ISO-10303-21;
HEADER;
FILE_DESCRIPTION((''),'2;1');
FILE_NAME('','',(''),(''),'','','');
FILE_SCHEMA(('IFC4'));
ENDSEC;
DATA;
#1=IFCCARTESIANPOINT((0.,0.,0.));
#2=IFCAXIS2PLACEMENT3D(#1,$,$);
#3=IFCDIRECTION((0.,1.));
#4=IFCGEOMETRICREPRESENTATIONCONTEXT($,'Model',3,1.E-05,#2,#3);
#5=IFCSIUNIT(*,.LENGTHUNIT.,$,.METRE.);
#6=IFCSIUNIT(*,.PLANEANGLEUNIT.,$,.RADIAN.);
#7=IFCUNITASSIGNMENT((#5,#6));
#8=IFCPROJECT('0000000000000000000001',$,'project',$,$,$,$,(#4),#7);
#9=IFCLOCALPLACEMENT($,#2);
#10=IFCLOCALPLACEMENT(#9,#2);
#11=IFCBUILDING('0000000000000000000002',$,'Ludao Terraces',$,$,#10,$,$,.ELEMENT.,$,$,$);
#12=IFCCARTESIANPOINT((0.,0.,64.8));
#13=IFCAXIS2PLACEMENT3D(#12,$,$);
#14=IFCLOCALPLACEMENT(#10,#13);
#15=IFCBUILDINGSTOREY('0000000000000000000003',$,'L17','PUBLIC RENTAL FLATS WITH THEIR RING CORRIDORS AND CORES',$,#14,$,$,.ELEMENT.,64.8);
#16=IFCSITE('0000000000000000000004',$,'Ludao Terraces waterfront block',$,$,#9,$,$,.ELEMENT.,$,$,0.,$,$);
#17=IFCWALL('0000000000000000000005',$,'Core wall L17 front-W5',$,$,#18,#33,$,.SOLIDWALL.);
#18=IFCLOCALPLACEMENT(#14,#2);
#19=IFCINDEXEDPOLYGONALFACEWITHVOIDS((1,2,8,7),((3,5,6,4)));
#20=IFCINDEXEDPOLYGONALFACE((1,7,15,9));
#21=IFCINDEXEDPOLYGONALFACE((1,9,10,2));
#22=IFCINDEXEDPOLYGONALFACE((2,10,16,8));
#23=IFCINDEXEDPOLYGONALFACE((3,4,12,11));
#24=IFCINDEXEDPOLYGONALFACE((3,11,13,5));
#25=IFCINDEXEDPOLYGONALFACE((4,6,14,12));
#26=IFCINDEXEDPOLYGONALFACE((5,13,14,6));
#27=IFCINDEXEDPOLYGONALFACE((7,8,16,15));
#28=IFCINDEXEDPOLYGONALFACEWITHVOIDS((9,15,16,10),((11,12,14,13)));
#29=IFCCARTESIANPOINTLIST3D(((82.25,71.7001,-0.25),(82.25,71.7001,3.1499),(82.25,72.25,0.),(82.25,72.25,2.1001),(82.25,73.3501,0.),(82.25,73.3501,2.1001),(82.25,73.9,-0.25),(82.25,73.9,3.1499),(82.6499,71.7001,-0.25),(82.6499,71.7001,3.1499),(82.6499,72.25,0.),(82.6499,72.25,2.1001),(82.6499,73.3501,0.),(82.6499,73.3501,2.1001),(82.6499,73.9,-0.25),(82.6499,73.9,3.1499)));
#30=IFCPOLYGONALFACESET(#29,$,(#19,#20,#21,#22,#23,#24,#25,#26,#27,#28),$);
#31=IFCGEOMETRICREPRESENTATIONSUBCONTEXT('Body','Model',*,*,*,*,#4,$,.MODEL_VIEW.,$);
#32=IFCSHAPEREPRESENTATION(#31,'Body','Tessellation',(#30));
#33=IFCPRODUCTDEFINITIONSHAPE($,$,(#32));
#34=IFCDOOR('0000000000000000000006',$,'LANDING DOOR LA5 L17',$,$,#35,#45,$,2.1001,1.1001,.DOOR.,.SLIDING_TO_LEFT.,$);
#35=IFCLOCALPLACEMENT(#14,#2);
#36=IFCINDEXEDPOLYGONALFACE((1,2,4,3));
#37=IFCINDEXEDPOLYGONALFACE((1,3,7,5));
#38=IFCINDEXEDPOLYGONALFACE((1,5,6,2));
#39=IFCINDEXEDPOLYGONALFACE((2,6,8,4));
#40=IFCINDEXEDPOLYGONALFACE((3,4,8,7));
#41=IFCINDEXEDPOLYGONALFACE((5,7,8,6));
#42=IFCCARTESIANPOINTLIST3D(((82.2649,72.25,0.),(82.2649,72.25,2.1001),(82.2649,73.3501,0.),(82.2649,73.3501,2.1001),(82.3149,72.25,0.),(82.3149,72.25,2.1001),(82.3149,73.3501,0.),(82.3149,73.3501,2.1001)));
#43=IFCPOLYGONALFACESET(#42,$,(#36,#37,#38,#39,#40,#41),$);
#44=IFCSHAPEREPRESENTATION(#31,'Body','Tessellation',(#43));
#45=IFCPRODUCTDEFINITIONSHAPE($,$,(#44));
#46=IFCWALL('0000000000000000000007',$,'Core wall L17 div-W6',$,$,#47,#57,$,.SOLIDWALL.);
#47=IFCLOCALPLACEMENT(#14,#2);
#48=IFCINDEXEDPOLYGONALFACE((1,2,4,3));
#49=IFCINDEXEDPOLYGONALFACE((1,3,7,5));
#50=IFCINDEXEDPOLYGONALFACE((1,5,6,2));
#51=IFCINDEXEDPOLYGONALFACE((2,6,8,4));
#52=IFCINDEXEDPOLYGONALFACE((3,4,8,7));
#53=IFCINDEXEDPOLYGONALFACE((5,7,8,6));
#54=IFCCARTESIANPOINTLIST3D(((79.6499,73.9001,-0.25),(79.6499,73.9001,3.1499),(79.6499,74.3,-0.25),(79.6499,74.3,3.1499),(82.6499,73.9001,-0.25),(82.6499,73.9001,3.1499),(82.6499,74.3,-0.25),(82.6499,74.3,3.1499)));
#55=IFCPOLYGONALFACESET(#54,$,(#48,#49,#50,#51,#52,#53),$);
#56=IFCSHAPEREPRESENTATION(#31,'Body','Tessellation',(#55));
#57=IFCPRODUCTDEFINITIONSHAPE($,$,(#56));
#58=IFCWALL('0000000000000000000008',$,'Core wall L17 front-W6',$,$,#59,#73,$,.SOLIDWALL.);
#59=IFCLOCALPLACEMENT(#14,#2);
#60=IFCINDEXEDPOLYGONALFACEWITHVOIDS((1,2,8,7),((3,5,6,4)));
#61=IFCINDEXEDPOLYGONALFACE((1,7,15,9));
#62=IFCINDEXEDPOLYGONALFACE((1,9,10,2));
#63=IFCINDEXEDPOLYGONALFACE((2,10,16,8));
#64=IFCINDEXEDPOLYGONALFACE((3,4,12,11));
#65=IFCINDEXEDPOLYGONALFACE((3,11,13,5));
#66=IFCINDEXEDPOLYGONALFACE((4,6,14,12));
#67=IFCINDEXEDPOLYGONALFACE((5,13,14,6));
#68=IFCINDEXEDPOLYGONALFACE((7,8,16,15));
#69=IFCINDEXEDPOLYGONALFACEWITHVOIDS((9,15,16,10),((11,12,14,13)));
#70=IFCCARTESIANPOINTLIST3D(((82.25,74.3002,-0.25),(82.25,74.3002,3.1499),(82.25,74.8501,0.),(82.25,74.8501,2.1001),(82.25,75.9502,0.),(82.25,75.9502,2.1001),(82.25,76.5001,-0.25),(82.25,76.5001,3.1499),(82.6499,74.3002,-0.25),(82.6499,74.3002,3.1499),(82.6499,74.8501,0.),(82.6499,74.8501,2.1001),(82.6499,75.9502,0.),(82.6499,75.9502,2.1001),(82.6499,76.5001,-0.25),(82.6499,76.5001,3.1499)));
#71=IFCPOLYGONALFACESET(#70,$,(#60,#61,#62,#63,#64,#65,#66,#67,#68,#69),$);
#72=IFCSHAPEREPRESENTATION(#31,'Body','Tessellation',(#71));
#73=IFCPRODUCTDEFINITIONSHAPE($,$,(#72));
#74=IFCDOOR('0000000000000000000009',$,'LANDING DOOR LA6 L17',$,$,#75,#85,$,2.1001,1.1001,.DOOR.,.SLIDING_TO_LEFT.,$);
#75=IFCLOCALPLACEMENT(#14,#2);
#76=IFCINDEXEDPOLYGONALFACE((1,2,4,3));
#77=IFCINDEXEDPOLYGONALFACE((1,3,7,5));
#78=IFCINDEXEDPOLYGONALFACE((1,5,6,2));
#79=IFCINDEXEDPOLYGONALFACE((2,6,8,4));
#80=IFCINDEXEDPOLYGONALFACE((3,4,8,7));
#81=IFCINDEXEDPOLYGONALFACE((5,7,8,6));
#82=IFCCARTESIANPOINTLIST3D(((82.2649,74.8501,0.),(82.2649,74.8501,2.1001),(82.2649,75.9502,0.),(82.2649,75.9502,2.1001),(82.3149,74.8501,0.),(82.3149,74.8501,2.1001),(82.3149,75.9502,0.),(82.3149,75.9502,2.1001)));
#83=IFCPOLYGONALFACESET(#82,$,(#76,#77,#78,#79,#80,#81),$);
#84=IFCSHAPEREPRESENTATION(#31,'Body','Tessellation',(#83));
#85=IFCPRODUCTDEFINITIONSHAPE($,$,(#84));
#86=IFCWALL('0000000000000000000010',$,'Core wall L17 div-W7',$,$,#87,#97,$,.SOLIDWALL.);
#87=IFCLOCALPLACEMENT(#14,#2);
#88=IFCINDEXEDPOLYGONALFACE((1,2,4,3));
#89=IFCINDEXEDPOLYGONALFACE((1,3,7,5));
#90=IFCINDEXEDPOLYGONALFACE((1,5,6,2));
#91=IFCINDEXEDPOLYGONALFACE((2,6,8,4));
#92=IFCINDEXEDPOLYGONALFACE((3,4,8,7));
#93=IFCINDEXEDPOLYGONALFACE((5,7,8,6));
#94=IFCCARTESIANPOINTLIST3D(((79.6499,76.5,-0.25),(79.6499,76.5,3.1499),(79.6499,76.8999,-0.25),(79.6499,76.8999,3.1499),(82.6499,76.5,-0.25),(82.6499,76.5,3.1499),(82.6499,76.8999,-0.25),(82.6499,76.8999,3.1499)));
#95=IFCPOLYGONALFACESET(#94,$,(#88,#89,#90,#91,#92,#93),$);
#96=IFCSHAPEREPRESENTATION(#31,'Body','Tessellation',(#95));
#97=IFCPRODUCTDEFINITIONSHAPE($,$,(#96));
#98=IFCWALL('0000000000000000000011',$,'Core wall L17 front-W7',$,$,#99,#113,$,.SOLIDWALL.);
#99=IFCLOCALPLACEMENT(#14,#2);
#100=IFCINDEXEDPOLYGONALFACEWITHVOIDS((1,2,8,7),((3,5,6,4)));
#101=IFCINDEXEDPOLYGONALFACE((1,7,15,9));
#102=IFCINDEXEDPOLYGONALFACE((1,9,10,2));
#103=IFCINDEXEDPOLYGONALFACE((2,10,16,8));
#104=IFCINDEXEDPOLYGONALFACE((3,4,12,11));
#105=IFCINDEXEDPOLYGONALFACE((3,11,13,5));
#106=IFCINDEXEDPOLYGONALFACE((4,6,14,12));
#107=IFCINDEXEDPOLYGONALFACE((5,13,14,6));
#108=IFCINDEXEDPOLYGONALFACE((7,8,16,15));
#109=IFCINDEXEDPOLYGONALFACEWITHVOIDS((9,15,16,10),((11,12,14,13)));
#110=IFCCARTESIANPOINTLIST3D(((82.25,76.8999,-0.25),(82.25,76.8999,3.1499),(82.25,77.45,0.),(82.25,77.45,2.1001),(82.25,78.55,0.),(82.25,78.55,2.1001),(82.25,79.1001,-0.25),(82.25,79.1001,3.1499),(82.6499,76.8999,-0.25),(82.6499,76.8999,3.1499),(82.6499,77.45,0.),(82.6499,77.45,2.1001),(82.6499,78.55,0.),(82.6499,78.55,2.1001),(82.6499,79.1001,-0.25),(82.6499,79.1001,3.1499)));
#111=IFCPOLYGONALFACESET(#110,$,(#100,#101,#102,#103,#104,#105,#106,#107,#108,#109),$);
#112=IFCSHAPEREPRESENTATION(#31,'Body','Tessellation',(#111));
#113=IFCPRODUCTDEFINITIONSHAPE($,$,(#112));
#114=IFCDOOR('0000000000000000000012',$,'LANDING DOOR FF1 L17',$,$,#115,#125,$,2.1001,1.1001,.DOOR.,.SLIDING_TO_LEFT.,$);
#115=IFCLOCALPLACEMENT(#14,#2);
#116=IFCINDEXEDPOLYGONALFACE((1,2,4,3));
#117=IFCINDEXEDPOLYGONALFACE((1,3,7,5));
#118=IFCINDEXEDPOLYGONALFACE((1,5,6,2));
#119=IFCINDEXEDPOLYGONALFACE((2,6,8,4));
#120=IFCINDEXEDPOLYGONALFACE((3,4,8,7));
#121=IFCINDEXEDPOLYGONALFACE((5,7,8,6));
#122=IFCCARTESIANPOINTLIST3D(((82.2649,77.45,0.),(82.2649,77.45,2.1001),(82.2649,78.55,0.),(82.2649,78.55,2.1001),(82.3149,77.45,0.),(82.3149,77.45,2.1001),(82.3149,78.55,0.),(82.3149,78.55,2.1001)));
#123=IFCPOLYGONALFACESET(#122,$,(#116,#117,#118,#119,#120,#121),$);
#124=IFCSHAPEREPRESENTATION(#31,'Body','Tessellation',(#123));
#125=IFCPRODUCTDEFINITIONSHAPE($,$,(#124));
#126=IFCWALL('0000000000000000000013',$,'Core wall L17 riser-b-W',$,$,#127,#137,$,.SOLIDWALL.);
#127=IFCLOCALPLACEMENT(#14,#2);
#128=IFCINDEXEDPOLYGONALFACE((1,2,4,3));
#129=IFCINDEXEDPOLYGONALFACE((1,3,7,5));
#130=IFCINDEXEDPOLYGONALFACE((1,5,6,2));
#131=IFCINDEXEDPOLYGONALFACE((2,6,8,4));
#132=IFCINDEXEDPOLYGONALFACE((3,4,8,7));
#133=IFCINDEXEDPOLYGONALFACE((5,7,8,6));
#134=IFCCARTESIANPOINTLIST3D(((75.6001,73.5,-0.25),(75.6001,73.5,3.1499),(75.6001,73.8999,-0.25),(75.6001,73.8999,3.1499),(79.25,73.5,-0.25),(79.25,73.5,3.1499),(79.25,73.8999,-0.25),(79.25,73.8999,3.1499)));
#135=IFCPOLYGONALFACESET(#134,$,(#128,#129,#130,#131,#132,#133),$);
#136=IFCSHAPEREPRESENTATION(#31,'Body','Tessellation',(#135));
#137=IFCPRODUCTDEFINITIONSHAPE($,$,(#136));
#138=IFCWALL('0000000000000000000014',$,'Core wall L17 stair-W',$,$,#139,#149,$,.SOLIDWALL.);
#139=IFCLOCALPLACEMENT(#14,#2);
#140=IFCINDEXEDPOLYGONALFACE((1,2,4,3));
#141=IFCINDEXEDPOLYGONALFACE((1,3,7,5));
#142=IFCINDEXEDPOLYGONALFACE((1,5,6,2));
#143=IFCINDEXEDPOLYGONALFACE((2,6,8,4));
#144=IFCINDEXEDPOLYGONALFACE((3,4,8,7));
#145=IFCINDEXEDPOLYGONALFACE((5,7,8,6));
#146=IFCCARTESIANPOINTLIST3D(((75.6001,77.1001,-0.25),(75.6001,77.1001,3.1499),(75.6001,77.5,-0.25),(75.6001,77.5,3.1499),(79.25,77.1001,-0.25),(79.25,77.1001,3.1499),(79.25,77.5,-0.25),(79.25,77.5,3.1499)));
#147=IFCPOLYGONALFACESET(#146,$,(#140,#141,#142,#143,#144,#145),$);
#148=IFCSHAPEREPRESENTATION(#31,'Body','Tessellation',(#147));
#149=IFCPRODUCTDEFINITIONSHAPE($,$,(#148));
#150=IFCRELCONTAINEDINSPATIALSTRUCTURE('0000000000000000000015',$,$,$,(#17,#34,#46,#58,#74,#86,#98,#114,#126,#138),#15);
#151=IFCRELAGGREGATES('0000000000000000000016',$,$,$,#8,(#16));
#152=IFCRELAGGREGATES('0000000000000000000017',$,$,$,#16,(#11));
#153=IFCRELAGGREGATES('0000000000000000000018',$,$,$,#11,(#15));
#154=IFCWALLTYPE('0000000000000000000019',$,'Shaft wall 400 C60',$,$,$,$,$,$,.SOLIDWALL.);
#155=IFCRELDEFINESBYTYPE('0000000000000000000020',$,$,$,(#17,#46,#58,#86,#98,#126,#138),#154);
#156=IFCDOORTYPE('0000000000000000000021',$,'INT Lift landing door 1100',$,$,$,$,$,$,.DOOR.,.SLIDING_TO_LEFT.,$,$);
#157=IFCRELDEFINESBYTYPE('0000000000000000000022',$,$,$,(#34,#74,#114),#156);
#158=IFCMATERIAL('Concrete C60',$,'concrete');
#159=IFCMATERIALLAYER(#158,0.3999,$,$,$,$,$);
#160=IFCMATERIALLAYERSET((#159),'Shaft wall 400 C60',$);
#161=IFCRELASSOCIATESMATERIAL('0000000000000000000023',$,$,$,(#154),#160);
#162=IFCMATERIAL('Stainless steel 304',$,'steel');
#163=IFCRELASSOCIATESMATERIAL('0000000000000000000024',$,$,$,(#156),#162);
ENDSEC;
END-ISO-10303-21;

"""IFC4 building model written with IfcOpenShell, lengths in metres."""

from ifc_helpers import new_model, si_unit, direction, frame, frame_2d, origin, place, context, subcontext, project, spatial, rectangle, extrude, material, layer, layer_set, type_object, element, fill, save


model = new_model("IFC4")

# Units and contexts
model_context = context("Model", 3, precision=1e-05, world=origin(), true_north=direction((0.0, 1.0)))
body_context = subcontext(model_context, "Body", "Model", "MODEL_VIEW")
ifc_project = project(units=[si_unit("LENGTHUNIT", "METRE"), si_unit("PLANEANGLEUNIT", "RADIAN")], contexts=[model_context])

# Site, building, storey
site_placement = place(None, origin())
site = spatial("IfcSite", under=ifc_project, at=site_placement, Name="Ludao Terraces waterfront block", CompositionType="ELEMENT", RefElevation=0.0)
building_placement = place(site_placement, origin())
building = spatial("IfcBuilding", under=site, at=building_placement, Name="Ludao Terraces", CompositionType="ELEMENT")
storey_placement = place(building_placement, frame((0.0, 0.0, 64.8)))
storey = spatial("IfcBuildingStorey", under=building, at=storey_placement, Name="L17", Description="PUBLIC RENTAL FLATS WITH THEIR RING CORRIDORS AND CORES", CompositionType="ELEMENT", Elevation=64.8)

# Shared definitions
ifc_material_1 = material(Name="Concrete C60", Category="concrete")
ifc_layer_1 = layer(ifc_material_1, 0.3999)
ifc_layer_set_1 = layer_set([ifc_layer_1], Name="Shaft wall 400 C60")
wall_type_1 = type_object("IfcWallType", Name="Shaft wall 400 C60", PredefinedType="SOLIDWALL", material=ifc_layer_set_1)

# Wall, opening, door
wall_1_placement = place(storey_placement, frame((82.45, 71.7, -0.25), z_axis=(0.0, 0.0, 1.0), x_axis=(0.0, 1.0, 0.0)))
wall_1 = element("IfcWall", 1, at=wall_1_placement, inside=storey, type_object=wall_type_1, Name="Core wall L17 front-W5", PredefinedType="SOLIDWALL", context=body_context, shape_type="SweptSolid", body=[
    extrude(rectangle(XDim=2.2, YDim=0.3999, at=frame_2d((1.1001, 0.0))), origin(), (0.0, 0.0, 1.0), 3.3999),
])
opening_1_placement = place(wall_1_placement, frame((0.55, 0.0, 0.25)))
opening_1 = element("IfcOpeningElement", 2, at=opening_1_placement, cuts=wall_1, PredefinedType="OPENING", context=body_context, shape_type="SweptSolid", body=[
    extrude(rectangle(XDim=1.1001, YDim=2.1001, at=frame_2d((0.55, 1.05))), frame((0.0, 0.21, 0.0), z_axis=(0.0, -1.0, 0.0), x_axis=(1.0, 0.0, 0.0)), (0.0, 0.0, 1.0), 0.4199),
])
ifc_material_2 = material(Name="Stainless steel 304", Category="steel")
door_type_1 = type_object("IfcDoorType", Name="INT Lift landing door 1100", OperationType="SLIDING_TO_LEFT", PredefinedType="DOOR", material=ifc_material_2)
door_1_placement = place(opening_1_placement, origin())
door_1 = element("IfcDoor", 3, at=door_1_placement, inside=storey, type_object=door_type_1, Name="LANDING DOOR LA5 L17", OperationType="SLIDING_TO_LEFT", OverallHeight=2.1001, OverallWidth=1.1001, PredefinedType="DOOR", context=body_context, shape_type="SweptSolid", body=[
    extrude(rectangle(XDim=1.1001, YDim=2.1001, at=frame_2d((0.55, 1.05))), frame((0.0, 0.1851, 0.0), z_axis=(0.0, -1.0, 0.0), x_axis=(1.0, 0.0, 0.0)), (0.0, 0.0, 1.0), 0.05),
])
fill(opening_1, door_1)

# Wall
wall_2_placement = place(storey_placement, frame((79.6499, 74.1001, -0.25), z_axis=(0.0, 0.0, 1.0), x_axis=(1.0, 0.0, 0.0)))
element("IfcWall", 4, at=wall_2_placement, inside=storey, type_object=wall_type_1, Name="Core wall L17 div-W6", PredefinedType="SOLIDWALL", context=body_context, shape_type="SweptSolid", body=[
    extrude(rectangle(XDim=3.0, YDim=0.3999, at=frame_2d((1.5, 0.0))), origin(), (0.0, 0.0, 1.0), 3.3999),
])

# Wall, opening, door
wall_3_placement = place(storey_placement, frame((82.45, 74.3, -0.25), z_axis=(0.0, 0.0, 1.0), x_axis=(0.0, 1.0, 0.0)))
wall_3 = element("IfcWall", 5, at=wall_3_placement, inside=storey, type_object=wall_type_1, Name="Core wall L17 front-W6", PredefinedType="SOLIDWALL", context=body_context, shape_type="SweptSolid", body=[
    extrude(rectangle(XDim=2.2, YDim=0.3999, at=frame_2d((1.1001, 0.0))), origin(), (0.0, 0.0, 1.0), 3.3999),
])
opening_2_placement = place(wall_3_placement, frame((0.55, 0.0, 0.25)))
opening_2 = element("IfcOpeningElement", 6, at=opening_2_placement, cuts=wall_3, PredefinedType="OPENING", context=body_context, shape_type="SweptSolid", body=[
    extrude(rectangle(XDim=1.1001, YDim=2.1001, at=frame_2d((0.55, 1.05))), frame((0.0, 0.21, 0.0), z_axis=(0.0, -1.0, 0.0), x_axis=(1.0, 0.0, 0.0)), (0.0, 0.0, 1.0), 0.4199),
])
door_2_placement = place(opening_2_placement, origin())
door_2 = element("IfcDoor", 7, at=door_2_placement, inside=storey, type_object=door_type_1, Name="LANDING DOOR LA6 L17", OperationType="SLIDING_TO_LEFT", OverallHeight=2.1001, OverallWidth=1.1001, PredefinedType="DOOR", context=body_context, shape_type="SweptSolid", body=[
    extrude(rectangle(XDim=1.1001, YDim=2.1001, at=frame_2d((0.55, 1.05))), frame((0.0, 0.1851, 0.0), z_axis=(0.0, -1.0, 0.0), x_axis=(1.0, 0.0, 0.0)), (0.0, 0.0, 1.0), 0.05),
])
fill(opening_2, door_2)

# Wall
wall_4_placement = place(storey_placement, frame((79.6499, 76.7, -0.25), z_axis=(0.0, 0.0, 1.0), x_axis=(1.0, 0.0, 0.0)))
element("IfcWall", 8, at=wall_4_placement, inside=storey, type_object=wall_type_1, Name="Core wall L17 div-W7", PredefinedType="SOLIDWALL", context=body_context, shape_type="SweptSolid", body=[
    extrude(rectangle(XDim=3.0, YDim=0.3999, at=frame_2d((1.5, 0.0))), origin(), (0.0, 0.0, 1.0), 3.3999),
])

# Wall, opening, door
wall_5_placement = place(storey_placement, frame((82.45, 76.8999, -0.25), z_axis=(0.0, 0.0, 1.0), x_axis=(0.0, 1.0, 0.0)))
wall_5 = element("IfcWall", 9, at=wall_5_placement, inside=storey, type_object=wall_type_1, Name="Core wall L17 front-W7", PredefinedType="SOLIDWALL", context=body_context, shape_type="SweptSolid", body=[
    extrude(rectangle(XDim=2.2002, YDim=0.3999, at=frame_2d((1.1001, 0.0))), origin(), (0.0, 0.0, 1.0), 3.3999),
])
opening_3_placement = place(wall_5_placement, frame((0.55, 0.0, 0.25)))
opening_3 = element("IfcOpeningElement", 10, at=opening_3_placement, cuts=wall_5, PredefinedType="OPENING", context=body_context, shape_type="SweptSolid", body=[
    extrude(rectangle(XDim=1.1001, YDim=2.1001, at=frame_2d((0.55, 1.05))), frame((0.0, 0.21, 0.0), z_axis=(0.0, -1.0, 0.0), x_axis=(1.0, 0.0, 0.0)), (0.0, 0.0, 1.0), 0.4199),
])
door_3_placement = place(opening_3_placement, origin())
door_3 = element("IfcDoor", 11, at=door_3_placement, inside=storey, type_object=door_type_1, Name="LANDING DOOR FF1 L17", OperationType="SLIDING_TO_LEFT", OverallHeight=2.1001, OverallWidth=1.1001, PredefinedType="DOOR", context=body_context, shape_type="SweptSolid", body=[
    extrude(rectangle(XDim=1.1001, YDim=2.1001, at=frame_2d((0.55, 1.05))), frame((0.0, 0.1851, 0.0), z_axis=(0.0, -1.0, 0.0), x_axis=(1.0, 0.0, 0.0)), (0.0, 0.0, 1.0), 0.05),
])
fill(opening_3, door_3)

# Walls
for number, where, z_axis, x_axis, name in (
    (12, (75.6001, 73.7, -0.25), (0.0, 0.0, 1.0), (1.0, 0.0, 0.0), "Core wall L17 riser-b-W"),
    (13, (75.6001, 77.3, -0.25), (0.0, 0.0, 1.0), (1.0, 0.0, 0.0), "Core wall L17 stair-W"),
):
    element("IfcWall", number, at=place(storey_placement, frame(where, z_axis=z_axis, x_axis=x_axis)), inside=storey, type_object=wall_type_1, Name=name, PredefinedType="SOLIDWALL", context=body_context, shape_type="SweptSolid", body=[
        extrude(rectangle(XDim=3.6499, YDim=0.3999, at=frame_2d((1.825, 0.0))), origin(), (0.0, 0.0, 1.0), 3.3999),
    ])

save(model, "model.ifc")
